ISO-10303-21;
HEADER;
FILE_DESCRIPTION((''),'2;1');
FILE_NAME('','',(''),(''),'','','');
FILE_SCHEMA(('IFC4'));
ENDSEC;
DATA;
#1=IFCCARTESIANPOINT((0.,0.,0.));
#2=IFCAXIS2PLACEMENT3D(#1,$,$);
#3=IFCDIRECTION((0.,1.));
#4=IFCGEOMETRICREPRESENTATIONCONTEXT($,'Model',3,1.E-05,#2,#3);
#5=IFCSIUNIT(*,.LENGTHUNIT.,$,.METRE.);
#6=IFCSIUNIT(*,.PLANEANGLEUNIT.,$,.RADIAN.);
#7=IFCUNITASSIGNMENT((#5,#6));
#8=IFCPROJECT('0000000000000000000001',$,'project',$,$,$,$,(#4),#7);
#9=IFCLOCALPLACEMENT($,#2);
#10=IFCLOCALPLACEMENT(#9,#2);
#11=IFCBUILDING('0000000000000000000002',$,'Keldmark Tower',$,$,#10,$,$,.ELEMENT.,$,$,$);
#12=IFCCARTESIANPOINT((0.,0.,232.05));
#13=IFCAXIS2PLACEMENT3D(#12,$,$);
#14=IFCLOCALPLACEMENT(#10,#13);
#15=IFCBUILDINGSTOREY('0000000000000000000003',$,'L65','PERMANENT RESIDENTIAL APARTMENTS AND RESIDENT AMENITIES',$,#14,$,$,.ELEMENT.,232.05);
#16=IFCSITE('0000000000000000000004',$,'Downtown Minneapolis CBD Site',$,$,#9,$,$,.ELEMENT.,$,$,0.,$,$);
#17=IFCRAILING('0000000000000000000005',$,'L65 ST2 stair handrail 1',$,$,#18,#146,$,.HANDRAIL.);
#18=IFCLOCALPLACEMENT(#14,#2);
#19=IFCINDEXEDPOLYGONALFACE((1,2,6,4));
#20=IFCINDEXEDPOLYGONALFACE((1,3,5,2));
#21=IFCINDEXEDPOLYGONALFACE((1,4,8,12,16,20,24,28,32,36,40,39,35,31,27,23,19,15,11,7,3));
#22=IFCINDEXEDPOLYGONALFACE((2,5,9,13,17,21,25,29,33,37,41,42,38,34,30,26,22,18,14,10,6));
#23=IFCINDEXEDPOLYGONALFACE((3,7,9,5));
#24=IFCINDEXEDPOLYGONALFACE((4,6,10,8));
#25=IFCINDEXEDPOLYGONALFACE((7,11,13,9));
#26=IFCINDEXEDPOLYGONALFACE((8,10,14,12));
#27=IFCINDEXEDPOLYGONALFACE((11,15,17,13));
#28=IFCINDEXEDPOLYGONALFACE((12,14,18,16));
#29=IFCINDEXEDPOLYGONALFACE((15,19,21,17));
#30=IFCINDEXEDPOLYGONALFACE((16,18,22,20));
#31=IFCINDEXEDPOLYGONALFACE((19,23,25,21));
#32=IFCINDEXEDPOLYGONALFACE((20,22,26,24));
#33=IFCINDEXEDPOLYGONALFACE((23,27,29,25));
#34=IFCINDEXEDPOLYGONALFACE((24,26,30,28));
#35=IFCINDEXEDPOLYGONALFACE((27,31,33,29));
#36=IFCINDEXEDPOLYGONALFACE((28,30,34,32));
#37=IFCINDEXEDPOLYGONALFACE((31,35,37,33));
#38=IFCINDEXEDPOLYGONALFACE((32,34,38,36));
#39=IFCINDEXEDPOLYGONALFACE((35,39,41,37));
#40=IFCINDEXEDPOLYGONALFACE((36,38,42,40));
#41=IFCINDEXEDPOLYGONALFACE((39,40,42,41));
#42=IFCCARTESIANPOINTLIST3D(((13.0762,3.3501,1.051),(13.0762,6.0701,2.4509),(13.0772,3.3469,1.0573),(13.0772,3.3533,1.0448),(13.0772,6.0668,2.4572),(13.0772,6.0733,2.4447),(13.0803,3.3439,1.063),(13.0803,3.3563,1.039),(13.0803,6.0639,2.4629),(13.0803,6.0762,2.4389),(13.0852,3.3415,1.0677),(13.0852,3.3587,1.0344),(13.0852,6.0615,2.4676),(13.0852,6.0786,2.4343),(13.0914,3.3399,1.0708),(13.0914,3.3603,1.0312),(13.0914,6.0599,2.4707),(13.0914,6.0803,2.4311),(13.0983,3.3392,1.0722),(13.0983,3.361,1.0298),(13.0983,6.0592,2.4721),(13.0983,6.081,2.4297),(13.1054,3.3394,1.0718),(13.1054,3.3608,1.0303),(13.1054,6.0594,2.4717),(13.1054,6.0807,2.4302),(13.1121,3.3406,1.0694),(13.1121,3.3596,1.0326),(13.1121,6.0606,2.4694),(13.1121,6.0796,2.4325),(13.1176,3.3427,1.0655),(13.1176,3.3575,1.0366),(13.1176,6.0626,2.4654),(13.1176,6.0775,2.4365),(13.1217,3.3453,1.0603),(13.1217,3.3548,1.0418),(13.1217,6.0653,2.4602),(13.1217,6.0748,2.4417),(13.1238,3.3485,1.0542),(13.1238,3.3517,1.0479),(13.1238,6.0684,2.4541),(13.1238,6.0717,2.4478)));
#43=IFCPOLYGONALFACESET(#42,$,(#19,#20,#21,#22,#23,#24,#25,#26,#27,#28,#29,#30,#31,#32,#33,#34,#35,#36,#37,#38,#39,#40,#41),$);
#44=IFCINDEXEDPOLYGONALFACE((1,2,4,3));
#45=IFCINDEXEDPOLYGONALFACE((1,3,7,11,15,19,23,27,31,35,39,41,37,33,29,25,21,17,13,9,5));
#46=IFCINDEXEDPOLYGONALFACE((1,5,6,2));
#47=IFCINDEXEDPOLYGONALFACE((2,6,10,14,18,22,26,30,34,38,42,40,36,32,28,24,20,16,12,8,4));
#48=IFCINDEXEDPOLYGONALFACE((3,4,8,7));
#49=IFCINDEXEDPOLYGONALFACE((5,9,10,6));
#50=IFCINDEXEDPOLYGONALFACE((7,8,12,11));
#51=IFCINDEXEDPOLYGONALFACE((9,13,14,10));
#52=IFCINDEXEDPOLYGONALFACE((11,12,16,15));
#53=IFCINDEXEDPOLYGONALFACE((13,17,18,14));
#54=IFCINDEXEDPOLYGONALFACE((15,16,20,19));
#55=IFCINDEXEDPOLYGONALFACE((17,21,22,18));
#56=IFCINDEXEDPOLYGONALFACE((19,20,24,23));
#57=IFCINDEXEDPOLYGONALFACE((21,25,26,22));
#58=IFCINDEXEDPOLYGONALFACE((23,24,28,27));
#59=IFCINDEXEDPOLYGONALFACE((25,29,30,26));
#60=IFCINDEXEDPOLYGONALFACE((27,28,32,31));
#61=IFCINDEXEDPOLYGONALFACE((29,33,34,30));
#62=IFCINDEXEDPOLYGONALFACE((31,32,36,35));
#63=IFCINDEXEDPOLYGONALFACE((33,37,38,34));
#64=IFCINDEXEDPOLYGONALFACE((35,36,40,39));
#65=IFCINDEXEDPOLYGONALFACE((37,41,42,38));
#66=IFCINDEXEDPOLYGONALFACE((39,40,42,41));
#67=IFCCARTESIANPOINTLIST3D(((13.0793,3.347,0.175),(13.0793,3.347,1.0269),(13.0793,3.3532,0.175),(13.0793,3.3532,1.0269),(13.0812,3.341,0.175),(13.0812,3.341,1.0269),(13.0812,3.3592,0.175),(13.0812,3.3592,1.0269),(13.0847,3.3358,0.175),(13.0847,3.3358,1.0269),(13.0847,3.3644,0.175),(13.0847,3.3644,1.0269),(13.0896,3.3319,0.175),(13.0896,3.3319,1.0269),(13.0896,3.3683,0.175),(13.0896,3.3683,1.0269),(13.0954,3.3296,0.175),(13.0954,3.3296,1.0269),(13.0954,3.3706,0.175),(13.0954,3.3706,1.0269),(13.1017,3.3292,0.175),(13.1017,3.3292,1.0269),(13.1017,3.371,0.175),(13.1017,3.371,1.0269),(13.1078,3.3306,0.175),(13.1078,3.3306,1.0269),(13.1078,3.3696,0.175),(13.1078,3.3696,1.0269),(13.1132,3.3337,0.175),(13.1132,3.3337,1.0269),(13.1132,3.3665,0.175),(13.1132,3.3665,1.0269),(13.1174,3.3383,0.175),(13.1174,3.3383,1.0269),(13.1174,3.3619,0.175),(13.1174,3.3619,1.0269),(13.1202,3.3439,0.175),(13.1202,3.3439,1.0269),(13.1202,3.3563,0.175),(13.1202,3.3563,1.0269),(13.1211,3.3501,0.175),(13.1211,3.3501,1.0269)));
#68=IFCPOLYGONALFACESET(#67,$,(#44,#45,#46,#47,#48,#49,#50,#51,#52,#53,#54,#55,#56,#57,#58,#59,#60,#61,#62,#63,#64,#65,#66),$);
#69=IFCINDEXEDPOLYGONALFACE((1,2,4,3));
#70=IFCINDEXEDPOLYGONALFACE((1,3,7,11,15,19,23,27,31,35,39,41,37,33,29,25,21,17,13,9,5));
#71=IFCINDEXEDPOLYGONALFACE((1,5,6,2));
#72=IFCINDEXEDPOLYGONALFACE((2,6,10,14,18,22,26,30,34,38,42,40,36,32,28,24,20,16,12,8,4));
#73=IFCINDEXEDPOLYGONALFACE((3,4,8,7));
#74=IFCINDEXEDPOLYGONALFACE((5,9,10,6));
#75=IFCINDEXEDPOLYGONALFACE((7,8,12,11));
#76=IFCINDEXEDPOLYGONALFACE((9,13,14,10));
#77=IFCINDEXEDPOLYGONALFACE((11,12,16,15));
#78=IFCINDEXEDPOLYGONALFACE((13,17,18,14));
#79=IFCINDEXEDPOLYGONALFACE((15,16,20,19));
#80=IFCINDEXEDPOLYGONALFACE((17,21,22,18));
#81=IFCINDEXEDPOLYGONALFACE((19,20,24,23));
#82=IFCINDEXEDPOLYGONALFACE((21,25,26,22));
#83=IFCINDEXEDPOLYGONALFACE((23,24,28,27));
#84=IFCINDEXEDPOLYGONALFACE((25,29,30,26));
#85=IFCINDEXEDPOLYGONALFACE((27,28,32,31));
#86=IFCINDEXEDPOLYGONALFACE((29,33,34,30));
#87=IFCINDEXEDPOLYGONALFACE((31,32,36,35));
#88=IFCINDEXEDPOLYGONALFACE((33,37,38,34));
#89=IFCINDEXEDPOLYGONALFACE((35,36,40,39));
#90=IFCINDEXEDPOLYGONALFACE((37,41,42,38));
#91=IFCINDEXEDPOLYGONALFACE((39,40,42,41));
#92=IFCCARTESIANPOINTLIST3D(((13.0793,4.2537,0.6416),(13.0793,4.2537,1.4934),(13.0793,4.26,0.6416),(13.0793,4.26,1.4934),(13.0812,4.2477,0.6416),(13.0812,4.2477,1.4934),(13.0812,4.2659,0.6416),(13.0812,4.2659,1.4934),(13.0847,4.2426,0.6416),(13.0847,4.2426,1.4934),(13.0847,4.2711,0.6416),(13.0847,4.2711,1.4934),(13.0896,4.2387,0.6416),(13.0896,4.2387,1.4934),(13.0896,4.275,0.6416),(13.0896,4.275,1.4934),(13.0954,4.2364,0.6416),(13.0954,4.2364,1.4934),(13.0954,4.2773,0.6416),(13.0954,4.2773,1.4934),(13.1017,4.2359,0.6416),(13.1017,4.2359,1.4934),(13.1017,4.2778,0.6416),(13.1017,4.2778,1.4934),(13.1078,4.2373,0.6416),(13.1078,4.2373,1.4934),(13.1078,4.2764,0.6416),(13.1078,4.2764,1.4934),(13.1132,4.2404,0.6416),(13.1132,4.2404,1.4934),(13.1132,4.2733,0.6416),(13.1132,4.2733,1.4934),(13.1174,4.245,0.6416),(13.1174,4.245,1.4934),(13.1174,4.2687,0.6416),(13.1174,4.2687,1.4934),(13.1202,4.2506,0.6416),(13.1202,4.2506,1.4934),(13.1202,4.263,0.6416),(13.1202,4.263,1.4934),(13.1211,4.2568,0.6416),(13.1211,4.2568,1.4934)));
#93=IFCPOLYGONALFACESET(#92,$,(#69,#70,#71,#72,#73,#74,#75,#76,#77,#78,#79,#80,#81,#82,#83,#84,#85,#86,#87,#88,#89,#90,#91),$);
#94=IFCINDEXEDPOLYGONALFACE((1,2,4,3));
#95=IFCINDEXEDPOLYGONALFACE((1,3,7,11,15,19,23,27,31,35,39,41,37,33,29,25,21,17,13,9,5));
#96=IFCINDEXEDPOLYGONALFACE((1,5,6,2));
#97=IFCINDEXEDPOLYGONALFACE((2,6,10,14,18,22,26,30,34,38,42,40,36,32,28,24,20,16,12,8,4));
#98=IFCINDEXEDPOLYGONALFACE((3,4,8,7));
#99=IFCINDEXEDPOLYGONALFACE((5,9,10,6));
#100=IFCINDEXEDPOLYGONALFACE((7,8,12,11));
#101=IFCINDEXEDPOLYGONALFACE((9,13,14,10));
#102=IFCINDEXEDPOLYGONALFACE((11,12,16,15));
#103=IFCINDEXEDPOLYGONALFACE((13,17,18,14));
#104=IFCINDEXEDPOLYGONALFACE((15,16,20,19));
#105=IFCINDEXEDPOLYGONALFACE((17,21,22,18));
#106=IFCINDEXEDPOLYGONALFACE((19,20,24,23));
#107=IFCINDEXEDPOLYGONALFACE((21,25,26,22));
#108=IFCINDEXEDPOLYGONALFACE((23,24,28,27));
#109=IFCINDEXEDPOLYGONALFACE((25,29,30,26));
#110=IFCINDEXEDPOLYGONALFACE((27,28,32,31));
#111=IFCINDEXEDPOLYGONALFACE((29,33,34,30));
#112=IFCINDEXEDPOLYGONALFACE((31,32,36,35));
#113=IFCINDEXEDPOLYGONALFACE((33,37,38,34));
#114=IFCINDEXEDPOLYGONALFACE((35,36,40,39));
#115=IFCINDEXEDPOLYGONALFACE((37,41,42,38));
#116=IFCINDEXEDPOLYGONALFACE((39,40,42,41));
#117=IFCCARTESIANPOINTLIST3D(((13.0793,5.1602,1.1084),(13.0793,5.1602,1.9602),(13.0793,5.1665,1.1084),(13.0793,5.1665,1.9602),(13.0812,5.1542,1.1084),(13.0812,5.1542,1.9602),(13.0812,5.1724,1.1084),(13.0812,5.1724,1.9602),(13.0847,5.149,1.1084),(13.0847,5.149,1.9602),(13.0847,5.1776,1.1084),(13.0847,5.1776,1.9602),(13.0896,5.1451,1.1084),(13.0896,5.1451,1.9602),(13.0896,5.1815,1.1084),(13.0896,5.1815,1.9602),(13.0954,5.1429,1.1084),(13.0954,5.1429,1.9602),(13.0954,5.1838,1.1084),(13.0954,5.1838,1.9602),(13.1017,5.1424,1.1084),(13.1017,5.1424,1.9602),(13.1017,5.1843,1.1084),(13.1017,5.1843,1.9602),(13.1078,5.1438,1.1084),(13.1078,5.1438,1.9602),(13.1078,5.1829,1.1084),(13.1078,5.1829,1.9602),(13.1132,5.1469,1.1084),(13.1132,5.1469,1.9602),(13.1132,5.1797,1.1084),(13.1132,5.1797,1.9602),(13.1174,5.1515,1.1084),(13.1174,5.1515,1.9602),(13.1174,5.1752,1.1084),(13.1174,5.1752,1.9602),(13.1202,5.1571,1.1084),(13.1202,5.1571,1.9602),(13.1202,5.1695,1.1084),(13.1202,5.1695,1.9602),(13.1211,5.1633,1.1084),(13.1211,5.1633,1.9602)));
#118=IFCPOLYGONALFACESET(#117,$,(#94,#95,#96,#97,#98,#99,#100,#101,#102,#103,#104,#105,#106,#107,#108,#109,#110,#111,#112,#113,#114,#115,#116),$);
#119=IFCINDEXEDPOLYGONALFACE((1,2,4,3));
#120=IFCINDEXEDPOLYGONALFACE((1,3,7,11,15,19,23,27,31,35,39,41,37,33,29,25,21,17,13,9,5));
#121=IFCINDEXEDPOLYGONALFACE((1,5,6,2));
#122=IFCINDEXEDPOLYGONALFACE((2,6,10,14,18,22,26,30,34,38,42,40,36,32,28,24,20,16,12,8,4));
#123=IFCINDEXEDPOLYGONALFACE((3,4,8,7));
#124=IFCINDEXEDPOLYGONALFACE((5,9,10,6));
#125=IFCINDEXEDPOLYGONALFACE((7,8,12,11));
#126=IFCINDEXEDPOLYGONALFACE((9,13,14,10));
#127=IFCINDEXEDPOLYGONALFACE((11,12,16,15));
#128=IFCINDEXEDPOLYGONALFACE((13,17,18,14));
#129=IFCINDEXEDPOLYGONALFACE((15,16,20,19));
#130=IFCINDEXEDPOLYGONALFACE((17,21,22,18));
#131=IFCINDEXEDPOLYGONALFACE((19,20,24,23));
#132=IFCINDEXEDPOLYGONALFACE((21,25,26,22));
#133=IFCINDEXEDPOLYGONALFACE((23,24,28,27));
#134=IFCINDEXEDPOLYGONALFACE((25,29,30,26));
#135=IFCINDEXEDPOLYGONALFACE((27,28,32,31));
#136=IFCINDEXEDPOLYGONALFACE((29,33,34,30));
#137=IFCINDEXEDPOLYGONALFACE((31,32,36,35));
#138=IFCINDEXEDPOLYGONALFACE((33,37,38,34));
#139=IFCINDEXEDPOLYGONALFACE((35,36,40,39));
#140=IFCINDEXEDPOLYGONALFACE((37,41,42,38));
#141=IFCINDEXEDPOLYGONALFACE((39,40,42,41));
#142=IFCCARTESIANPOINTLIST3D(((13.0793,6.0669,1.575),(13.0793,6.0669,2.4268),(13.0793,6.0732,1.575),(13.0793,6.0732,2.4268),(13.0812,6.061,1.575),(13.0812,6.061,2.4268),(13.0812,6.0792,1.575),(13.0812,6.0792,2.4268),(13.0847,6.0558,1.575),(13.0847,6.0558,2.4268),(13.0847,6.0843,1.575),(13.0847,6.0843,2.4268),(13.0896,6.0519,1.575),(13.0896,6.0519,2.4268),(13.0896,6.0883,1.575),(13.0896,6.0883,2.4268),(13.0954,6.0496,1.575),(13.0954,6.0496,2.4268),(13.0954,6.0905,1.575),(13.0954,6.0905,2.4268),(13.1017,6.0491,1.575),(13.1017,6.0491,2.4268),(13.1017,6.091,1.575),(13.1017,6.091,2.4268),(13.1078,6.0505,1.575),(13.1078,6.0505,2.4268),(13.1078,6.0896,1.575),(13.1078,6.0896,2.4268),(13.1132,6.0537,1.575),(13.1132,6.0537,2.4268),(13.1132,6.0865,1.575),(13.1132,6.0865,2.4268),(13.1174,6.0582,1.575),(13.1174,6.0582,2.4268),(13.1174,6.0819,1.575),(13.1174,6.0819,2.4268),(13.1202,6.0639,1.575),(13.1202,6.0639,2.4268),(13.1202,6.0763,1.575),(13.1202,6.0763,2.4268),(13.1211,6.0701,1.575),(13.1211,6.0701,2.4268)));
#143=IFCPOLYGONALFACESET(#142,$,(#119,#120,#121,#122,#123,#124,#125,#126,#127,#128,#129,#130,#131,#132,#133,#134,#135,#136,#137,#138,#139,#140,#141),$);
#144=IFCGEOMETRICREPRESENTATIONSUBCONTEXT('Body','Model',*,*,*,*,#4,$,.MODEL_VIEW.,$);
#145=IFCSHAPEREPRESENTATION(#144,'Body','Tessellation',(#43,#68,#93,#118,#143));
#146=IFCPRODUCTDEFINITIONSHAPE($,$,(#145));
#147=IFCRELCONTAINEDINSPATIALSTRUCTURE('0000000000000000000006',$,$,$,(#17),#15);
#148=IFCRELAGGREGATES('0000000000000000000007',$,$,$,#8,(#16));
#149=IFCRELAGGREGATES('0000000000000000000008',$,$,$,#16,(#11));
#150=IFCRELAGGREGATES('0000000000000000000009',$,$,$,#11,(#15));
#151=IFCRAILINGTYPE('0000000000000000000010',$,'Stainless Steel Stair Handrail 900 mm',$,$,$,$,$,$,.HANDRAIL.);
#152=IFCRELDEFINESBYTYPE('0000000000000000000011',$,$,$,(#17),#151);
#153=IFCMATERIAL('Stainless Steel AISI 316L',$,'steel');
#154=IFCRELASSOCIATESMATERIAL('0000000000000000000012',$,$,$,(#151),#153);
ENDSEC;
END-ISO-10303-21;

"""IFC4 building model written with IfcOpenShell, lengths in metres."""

from ifc_helpers import new_model, si_unit, direction, frame, origin, origin_2d, place, context, subcontext, project, spatial, circle, extrude, material, type_object, element, save


model = new_model("IFC4")

# Units and contexts
model_context = context("Model", 3, precision=1e-05, world=origin(), true_north=direction((0.0, 1.0)))
body_context = subcontext(model_context, "Body", "Model", "MODEL_VIEW")
ifc_project = project(units=[si_unit("LENGTHUNIT", "METRE"), si_unit("PLANEANGLEUNIT", "RADIAN")], contexts=[model_context])

# Site, building, storey
site_placement = place(None, origin())
site = spatial("IfcSite", under=ifc_project, at=site_placement, Name="Downtown Minneapolis CBD Site", CompositionType="ELEMENT", RefElevation=0.0)
building_placement = place(site_placement, origin())
building = spatial("IfcBuilding", under=site, at=building_placement, Name="Keldmark Tower", CompositionType="ELEMENT")
storey_placement = place(building_placement, frame((0.0, 0.0, 232.05)))
storey = spatial("IfcBuildingStorey", under=building, at=storey_placement, Name="L65", Description="PERMANENT RESIDENTIAL APARTMENTS AND RESIDENT AMENITIES", CompositionType="ELEMENT", Elevation=232.05)

# Railing
ifc_material_1 = material(Name="Stainless Steel AISI 316L", Category="steel")
railing_type_1 = type_object("IfcRailingType", Name="Stainless Steel Stair Handrail 900 mm", PredefinedType="HANDRAIL", material=ifc_material_1)
railing_1_placement = place(storey_placement, frame((13.1001, 3.3501, 0.175)))
element("IfcRailing", 1, at=railing_1_placement, inside=storey, type_object=railing_type_1, Name="L65 ST2 stair handrail 1", PredefinedType="HANDRAIL", context=body_context, shape_type="SweptSolid", body=[
    extrude(circle(Radius=0.0239, at=origin_2d()), frame((0.0, 0.0, 0.876), z_axis=(0.0, 0.889147, 0.457622), x_axis=(-1.0, 0.0, 0.0)), (0.0, 0.0, 1.0), 3.0591),
    extrude(circle(Radius=0.021, at=origin_2d()), origin(), (0.0, 0.0, 1.0), 0.8518),
    extrude(circle(Radius=0.021, at=origin_2d()), frame((0.0, 0.9067, 0.4666)), (0.0, 0.0, 1.0), 0.8518),
    extrude(circle(Radius=0.021, at=origin_2d()), frame((0.0, 1.8132, 0.9333)), (0.0, 0.0, 1.0), 0.8518),
    extrude(circle(Radius=0.021, at=origin_2d()), frame((0.0, 2.72, 1.3999)), (0.0, 0.0, 1.0), 0.8518),
])

save(model, "model.ifc")
